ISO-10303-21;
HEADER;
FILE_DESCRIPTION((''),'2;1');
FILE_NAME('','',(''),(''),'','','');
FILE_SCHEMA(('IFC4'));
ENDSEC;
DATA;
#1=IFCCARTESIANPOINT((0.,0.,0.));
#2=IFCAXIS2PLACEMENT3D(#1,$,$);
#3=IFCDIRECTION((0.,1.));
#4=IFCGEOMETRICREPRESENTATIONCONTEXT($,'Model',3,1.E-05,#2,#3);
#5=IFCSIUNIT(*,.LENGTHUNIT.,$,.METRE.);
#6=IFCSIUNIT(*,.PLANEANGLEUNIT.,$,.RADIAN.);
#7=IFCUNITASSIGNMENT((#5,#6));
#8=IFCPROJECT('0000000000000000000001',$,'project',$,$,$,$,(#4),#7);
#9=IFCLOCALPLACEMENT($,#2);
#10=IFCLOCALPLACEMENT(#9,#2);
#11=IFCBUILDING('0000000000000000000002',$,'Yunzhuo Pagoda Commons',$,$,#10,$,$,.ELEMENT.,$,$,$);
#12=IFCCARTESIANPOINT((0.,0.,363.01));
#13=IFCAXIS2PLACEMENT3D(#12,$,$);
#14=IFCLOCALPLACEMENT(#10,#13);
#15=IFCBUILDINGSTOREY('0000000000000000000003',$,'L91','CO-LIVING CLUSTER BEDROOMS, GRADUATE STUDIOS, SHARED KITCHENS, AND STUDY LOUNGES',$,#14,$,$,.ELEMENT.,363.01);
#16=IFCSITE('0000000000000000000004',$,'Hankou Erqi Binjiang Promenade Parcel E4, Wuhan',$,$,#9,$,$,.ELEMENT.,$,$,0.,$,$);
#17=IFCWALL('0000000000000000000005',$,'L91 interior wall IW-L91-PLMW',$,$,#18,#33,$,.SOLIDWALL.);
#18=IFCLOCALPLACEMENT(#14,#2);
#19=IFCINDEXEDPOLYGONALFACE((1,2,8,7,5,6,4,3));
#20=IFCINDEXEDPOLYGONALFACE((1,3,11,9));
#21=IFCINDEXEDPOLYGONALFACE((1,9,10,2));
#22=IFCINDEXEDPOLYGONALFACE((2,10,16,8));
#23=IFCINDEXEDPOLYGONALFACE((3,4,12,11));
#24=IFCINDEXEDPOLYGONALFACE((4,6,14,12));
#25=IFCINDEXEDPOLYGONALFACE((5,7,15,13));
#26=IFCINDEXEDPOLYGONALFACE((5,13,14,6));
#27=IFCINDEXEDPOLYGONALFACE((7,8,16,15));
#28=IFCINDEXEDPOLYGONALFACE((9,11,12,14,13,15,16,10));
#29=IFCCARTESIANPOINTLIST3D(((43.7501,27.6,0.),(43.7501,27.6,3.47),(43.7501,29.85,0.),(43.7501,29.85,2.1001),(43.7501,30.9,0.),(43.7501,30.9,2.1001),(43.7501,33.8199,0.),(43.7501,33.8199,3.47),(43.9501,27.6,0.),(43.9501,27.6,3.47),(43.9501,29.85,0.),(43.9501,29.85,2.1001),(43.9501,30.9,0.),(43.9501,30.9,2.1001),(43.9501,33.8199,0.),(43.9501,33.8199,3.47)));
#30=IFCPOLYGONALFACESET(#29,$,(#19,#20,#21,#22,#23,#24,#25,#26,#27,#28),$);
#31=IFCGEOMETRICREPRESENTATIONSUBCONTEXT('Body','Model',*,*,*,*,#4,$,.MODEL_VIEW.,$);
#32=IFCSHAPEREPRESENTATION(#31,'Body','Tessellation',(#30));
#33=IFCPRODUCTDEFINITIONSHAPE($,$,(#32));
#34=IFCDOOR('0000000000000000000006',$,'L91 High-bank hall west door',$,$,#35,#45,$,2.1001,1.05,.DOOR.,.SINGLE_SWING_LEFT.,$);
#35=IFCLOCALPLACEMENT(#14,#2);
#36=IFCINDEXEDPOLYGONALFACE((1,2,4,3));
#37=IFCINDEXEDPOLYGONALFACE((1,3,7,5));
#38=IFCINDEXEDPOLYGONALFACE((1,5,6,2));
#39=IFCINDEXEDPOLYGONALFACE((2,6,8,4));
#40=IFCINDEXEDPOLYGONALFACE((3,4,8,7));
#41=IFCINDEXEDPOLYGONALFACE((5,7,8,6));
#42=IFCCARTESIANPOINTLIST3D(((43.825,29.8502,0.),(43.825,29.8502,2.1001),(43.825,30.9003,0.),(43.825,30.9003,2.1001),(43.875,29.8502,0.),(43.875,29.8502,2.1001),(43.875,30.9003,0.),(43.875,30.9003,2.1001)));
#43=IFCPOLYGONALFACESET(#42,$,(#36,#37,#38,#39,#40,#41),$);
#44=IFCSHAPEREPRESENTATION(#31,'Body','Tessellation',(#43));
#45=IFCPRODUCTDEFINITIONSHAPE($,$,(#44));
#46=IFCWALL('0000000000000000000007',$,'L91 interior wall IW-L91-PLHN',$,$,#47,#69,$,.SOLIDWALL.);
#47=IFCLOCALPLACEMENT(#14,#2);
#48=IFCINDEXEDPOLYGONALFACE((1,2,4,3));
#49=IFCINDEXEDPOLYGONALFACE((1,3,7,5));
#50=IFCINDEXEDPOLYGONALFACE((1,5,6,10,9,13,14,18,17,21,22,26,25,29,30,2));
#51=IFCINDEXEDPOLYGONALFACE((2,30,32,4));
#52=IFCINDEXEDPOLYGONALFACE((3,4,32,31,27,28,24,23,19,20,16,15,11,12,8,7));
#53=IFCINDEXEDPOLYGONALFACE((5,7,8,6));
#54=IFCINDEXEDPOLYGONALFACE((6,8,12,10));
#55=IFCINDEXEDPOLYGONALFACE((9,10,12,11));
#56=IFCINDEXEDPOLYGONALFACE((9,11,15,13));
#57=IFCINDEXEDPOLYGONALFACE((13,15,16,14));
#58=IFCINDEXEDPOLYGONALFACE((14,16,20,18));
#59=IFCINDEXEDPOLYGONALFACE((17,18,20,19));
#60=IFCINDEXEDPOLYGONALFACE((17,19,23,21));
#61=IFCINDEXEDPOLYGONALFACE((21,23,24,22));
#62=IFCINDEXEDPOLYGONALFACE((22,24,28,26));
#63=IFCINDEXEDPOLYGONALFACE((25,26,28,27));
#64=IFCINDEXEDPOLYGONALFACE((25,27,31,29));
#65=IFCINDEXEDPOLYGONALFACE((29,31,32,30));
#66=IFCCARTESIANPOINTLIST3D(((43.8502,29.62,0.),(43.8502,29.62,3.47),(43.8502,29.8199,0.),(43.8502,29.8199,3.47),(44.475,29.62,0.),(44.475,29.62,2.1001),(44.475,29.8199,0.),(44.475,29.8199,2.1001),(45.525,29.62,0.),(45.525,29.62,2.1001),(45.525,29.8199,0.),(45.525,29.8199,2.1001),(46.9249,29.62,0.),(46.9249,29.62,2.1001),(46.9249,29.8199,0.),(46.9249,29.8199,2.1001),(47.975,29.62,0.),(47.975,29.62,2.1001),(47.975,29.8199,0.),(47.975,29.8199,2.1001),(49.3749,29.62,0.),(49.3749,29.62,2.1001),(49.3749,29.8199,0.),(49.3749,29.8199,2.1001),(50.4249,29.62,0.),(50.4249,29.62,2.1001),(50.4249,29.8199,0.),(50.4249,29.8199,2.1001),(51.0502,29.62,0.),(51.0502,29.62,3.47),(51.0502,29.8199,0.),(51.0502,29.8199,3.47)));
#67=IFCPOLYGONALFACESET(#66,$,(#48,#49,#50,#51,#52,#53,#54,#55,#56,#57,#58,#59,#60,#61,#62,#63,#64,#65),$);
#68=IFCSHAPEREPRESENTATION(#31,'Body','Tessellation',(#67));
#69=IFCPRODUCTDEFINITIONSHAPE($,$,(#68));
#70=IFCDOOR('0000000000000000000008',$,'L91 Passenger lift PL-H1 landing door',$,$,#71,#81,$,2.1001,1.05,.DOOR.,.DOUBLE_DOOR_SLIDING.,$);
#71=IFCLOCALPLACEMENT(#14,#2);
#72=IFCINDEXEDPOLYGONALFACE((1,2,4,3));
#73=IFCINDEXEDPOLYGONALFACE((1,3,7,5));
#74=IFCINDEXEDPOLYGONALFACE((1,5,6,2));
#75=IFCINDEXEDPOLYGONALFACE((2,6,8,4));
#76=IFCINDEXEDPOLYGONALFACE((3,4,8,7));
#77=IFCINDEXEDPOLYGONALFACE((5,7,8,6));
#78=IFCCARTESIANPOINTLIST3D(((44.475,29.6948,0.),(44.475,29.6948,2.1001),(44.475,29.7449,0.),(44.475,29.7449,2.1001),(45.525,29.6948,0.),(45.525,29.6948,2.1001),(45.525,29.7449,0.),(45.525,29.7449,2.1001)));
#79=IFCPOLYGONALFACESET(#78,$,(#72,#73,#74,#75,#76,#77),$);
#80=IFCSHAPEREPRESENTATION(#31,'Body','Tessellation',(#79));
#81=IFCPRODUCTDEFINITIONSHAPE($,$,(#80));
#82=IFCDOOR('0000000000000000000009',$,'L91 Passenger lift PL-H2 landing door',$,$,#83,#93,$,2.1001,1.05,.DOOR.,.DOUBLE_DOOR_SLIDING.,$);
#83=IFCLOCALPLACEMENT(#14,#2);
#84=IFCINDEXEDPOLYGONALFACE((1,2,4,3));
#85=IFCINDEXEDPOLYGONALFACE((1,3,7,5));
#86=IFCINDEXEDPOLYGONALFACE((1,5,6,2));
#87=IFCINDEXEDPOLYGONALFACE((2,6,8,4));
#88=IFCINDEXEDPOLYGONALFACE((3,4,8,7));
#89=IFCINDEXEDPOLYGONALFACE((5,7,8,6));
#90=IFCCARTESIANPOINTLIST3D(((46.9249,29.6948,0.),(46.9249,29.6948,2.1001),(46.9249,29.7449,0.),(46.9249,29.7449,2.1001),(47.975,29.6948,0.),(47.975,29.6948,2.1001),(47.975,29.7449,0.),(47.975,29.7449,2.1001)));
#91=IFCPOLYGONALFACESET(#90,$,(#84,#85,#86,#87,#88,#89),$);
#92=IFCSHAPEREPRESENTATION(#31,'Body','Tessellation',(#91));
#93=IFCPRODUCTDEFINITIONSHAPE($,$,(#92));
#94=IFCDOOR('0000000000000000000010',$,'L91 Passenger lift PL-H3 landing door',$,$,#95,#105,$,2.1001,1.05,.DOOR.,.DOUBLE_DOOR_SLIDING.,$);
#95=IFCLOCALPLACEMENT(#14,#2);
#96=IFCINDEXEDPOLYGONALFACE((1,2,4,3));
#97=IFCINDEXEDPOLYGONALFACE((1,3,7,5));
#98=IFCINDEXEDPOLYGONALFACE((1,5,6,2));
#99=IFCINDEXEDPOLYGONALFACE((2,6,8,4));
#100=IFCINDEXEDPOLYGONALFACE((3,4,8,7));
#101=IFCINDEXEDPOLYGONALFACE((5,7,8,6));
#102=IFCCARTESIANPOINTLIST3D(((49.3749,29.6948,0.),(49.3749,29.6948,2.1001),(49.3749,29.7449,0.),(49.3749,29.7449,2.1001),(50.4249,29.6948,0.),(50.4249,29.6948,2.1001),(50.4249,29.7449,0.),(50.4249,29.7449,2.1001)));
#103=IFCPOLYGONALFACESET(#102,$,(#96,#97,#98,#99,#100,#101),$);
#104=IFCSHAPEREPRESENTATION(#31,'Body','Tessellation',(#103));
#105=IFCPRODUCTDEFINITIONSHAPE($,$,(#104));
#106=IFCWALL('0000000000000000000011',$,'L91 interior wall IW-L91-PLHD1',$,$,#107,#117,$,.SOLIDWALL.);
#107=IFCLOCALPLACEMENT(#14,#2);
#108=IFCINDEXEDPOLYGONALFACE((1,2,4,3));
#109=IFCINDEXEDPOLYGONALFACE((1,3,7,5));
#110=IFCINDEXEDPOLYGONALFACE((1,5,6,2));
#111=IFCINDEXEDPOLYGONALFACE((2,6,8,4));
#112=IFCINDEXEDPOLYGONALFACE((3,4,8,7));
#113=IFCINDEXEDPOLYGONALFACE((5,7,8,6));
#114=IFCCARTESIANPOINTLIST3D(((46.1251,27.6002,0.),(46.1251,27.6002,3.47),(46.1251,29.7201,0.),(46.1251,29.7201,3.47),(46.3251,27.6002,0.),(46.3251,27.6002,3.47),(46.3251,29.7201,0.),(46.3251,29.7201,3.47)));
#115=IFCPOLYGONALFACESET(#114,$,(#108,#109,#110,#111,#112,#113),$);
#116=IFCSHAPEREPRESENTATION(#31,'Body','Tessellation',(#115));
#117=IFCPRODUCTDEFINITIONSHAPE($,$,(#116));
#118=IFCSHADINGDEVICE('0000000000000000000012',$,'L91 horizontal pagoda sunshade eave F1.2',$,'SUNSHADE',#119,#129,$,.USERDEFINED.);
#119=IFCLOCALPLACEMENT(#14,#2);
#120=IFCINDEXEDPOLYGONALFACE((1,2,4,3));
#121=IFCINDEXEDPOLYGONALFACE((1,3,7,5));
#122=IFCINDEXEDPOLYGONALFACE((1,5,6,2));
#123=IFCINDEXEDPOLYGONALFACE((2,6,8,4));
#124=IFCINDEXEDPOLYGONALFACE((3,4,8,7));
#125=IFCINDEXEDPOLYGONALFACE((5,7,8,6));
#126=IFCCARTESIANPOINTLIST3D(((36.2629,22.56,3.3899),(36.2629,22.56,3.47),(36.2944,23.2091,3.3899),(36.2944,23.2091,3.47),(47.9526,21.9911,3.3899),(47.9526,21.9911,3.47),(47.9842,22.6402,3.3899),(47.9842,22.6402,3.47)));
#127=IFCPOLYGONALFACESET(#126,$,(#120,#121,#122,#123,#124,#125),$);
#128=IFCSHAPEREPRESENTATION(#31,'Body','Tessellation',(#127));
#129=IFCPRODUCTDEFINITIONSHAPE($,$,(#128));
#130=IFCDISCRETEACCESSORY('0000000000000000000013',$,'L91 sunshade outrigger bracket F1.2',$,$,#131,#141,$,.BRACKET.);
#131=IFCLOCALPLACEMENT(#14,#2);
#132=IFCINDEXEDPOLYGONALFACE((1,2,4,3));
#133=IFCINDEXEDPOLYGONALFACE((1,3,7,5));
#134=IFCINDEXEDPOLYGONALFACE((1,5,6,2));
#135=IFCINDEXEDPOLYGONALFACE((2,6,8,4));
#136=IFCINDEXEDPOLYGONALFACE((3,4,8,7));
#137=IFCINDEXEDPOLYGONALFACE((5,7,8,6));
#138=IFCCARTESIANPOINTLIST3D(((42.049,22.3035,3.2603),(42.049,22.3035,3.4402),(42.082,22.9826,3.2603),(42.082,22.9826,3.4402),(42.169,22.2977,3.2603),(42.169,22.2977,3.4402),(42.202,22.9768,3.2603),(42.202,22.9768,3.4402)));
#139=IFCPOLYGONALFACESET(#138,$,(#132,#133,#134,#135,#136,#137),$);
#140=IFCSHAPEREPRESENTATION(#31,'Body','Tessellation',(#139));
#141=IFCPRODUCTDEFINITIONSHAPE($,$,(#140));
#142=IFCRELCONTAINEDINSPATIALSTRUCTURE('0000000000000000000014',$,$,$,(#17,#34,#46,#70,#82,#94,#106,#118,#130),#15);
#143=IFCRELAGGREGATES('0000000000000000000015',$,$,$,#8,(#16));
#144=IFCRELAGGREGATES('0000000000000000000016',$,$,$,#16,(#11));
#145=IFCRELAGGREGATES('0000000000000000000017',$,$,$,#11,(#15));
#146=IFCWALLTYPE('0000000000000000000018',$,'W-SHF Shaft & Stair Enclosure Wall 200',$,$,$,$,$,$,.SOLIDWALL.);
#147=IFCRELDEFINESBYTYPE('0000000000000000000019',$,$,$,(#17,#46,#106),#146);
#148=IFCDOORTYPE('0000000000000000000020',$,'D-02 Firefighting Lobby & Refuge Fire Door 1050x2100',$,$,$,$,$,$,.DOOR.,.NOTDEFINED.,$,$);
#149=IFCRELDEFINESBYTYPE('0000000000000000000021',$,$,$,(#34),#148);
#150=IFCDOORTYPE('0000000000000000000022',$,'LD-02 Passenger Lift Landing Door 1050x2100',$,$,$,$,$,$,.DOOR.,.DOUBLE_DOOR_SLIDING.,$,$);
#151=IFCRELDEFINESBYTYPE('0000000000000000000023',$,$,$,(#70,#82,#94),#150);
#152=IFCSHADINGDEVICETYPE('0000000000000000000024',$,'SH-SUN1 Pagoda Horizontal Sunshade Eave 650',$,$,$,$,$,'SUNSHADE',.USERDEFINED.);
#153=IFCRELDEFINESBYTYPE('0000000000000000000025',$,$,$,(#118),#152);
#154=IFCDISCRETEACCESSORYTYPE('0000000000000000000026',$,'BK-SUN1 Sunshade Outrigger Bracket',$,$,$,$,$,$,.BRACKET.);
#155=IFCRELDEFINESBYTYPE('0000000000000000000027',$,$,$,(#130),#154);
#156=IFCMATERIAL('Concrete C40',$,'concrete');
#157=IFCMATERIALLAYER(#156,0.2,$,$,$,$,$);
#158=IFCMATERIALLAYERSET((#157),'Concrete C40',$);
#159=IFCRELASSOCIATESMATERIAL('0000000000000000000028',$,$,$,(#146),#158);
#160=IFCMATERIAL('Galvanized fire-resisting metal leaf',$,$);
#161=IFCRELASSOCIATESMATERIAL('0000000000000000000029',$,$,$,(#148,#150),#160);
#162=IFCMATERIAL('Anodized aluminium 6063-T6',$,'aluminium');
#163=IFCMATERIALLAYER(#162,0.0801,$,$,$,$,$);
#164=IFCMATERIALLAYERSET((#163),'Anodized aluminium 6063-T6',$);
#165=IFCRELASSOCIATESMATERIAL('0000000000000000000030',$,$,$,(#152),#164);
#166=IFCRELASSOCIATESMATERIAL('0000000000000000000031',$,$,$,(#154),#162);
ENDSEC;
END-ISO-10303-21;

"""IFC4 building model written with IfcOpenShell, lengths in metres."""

from ifc_helpers import new_model, si_unit, direction, frame, frame_2d, origin, origin_with_axes, origin_2d, place, context, subcontext, project, spatial, rectangle, extrude, source, transform, mapped, material, layer, layer_set, type_object, element, fill, save


model = new_model("IFC4")

# Units and contexts
model_context = context("Model", 3, precision=1e-05, world=origin(), true_north=direction((0.0, 1.0)))
body_context = subcontext(model_context, "Body", "Model", "MODEL_VIEW")
ifc_project = project(units=[si_unit("LENGTHUNIT", "METRE"), si_unit("PLANEANGLEUNIT", "RADIAN")], contexts=[model_context])

# Site, building, storey
site_placement = place(None, origin())
site = spatial("IfcSite", under=ifc_project, at=site_placement, Name="Hankou Erqi Binjiang Promenade Parcel E4, Wuhan", CompositionType="ELEMENT", RefElevation=0.0)
building_placement = place(site_placement, origin())
building = spatial("IfcBuilding", under=site, at=building_placement, Name="Yunzhuo Pagoda Commons", CompositionType="ELEMENT")
storey_placement = place(building_placement, frame((0.0, 0.0, 363.01)))
storey = spatial("IfcBuildingStorey", under=building, at=storey_placement, Name="L91", Description="CO-LIVING CLUSTER BEDROOMS, GRADUATE STUDIOS, SHARED KITCHENS, AND STUDY LOUNGES", CompositionType="ELEMENT", Elevation=363.01)

# Shared definitions
ifc_material_1 = material(Name="Anodized aluminium 6063-T6", Category="aluminium")

# Shared definitions
ifc_material_2 = material(Name="Galvanized fire-resisting metal leaf")

# Wall, opening, door
ifc_material_3 = material(Name="Concrete C40", Category="concrete")
ifc_layer_1 = layer(ifc_material_3, 0.2)
ifc_layer_set_1 = layer_set([ifc_layer_1], Name="Concrete C40")
wall_type_1 = type_object("IfcWallType", Name="W-SHF Shaft & Stair Enclosure Wall 200", PredefinedType="SOLIDWALL", material=ifc_layer_set_1)
wall_1_placement = place(storey_placement, frame((43.8501, 27.6001, 0.0), z_axis=(0.0, 0.0, 1.0), x_axis=(0.0, 1.0, 0.0)))
wall_1 = element("IfcWall", 1, at=wall_1_placement, inside=storey, type_object=wall_type_1, Name="L91 interior wall IW-L91-PLMW", PredefinedType="SOLIDWALL", context=body_context, shape_type="SweptSolid", body=[
    extrude(rectangle(XDim=6.22, YDim=0.2, at=frame_2d((3.1099, 0.0))), origin(), (0.0, 0.0, 1.0), 3.47),
])
opening_1_placement = place(wall_1_placement, frame((2.25, 0.0, 0.0)))
opening_1 = element("IfcOpeningElement", 2, at=opening_1_placement, cuts=wall_1, PredefinedType="OPENING", context=body_context, shape_type="SweptSolid", body=[
    extrude(rectangle(XDim=1.05, YDim=2.1001, at=frame_2d((0.5249, 1.05))), frame((0.0, 0.1099, 0.0), z_axis=(0.0, -1.0, 0.0), x_axis=(1.0, 0.0, 0.0)), (0.0, 0.0, 1.0), 0.22),
])
door_type_1 = type_object("IfcDoorType", Name="D-02 Firefighting Lobby & Refuge Fire Door 1050x2100", OperationType="NOTDEFINED", PredefinedType="DOOR", material=ifc_material_2)
shared_shape_1 = source(origin(), body_context, "Body", "SweptSolid", [
    extrude(rectangle(XDim=1.05, YDim=2.1001, at=frame_2d((0.5249, 1.05))), frame((0.0, 0.0249, 0.0), z_axis=(0.0, -1.0, 0.0), x_axis=(1.0, 0.0, 0.0)), (0.0, 0.0, 1.0), 0.05),
])
door_1_placement = place(opening_1_placement, frame((1.05, 0.0, 0.0), z_axis=(0.0, 0.0, 1.0), x_axis=(-1.0, 0.0, 0.0)))
door_1 = element("IfcDoor", 3, at=door_1_placement, inside=storey, type_object=door_type_1, Name="L91 High-bank hall west door", OperationType="SINGLE_SWING_LEFT", OverallHeight=2.1001, OverallWidth=1.05, PredefinedType="DOOR", context=body_context, shape_type="MappedRepresentation", body=[
    mapped(shared_shape_1, transform((0.0, 0.0, 0.0), scale=1.0)),
])
fill(opening_1, door_1)

# Wall, openings, doors
wall_2_placement = place(storey_placement, frame((43.8501, 29.72, 0.0), z_axis=(0.0, 0.0, 1.0), x_axis=(1.0, 0.0, 0.0)))
wall_2 = element("IfcWall", 4, at=wall_2_placement, inside=storey, type_object=wall_type_1, Name="L91 interior wall IW-L91-PLHN", PredefinedType="SOLIDWALL", context=body_context, shape_type="SweptSolid", body=[
    extrude(rectangle(XDim=7.2, YDim=0.2, at=frame_2d((3.6001, 0.0))), origin(), (0.0, 0.0, 1.0), 3.47),
])
opening_2_placement = place(wall_2_placement, frame((0.625, 0.0, 0.0)))
opening_2 = element("IfcOpeningElement", 5, at=opening_2_placement, cuts=wall_2, PredefinedType="OPENING", context=body_context, shape_type="SweptSolid", body=[
    extrude(rectangle(XDim=1.05, YDim=2.1001, at=frame_2d((0.5249, 1.05))), frame((0.0, 0.1099, 0.0), z_axis=(0.0, -1.0, 0.0), x_axis=(1.0, 0.0, 0.0)), (0.0, 0.0, 1.0), 0.22),
])
opening_3_placement = place(wall_2_placement, frame((3.075, 0.0, 0.0)))
opening_3 = element("IfcOpeningElement", 6, at=opening_3_placement, cuts=wall_2, PredefinedType="OPENING", context=body_context, shape_type="SweptSolid", body=[
    extrude(rectangle(XDim=1.05, YDim=2.1001, at=frame_2d((0.5249, 1.05))), frame((0.0, 0.1099, 0.0), z_axis=(0.0, -1.0, 0.0), x_axis=(1.0, 0.0, 0.0)), (0.0, 0.0, 1.0), 0.22),
])
opening_4_placement = place(wall_2_placement, frame((5.5249, 0.0, 0.0)))
opening_4 = element("IfcOpeningElement", 7, at=opening_4_placement, cuts=wall_2, PredefinedType="OPENING", context=body_context, shape_type="SweptSolid", body=[
    extrude(rectangle(XDim=1.05, YDim=2.1001, at=frame_2d((0.5249, 1.05))), frame((0.0, 0.1099, 0.0), z_axis=(0.0, -1.0, 0.0), x_axis=(1.0, 0.0, 0.0)), (0.0, 0.0, 1.0), 0.22),
])
door_type_2 = type_object("IfcDoorType", Name="LD-02 Passenger Lift Landing Door 1050x2100", OperationType="DOUBLE_DOOR_SLIDING", PredefinedType="DOOR", material=ifc_material_2)
door_2_placement = place(opening_2_placement, origin_with_axes())
door_2 = element("IfcDoor", 8, at=door_2_placement, inside=storey, type_object=door_type_2, Name="L91 Passenger lift PL-H1 landing door", OperationType="DOUBLE_DOOR_SLIDING", OverallHeight=2.1001, OverallWidth=1.05, PredefinedType="DOOR", context=body_context, shape_type="MappedRepresentation", body=[
    mapped(shared_shape_1, transform((0.0, 0.0, 0.0), scale=1.0)),
])
fill(opening_2, door_2)
door_3_placement = place(opening_3_placement, origin_with_axes())
door_3 = element("IfcDoor", 9, at=door_3_placement, inside=storey, type_object=door_type_2, Name="L91 Passenger lift PL-H2 landing door", OperationType="DOUBLE_DOOR_SLIDING", OverallHeight=2.1001, OverallWidth=1.05, PredefinedType="DOOR", context=body_context, shape_type="MappedRepresentation", body=[
    mapped(shared_shape_1, transform((0.0, 0.0, 0.0), scale=1.0)),
])
fill(opening_3, door_3)
door_4_placement = place(opening_4_placement, origin_with_axes())
door_4 = element("IfcDoor", 10, at=door_4_placement, inside=storey, type_object=door_type_2, Name="L91 Passenger lift PL-H3 landing door", OperationType="DOUBLE_DOOR_SLIDING", OverallHeight=2.1001, OverallWidth=1.05, PredefinedType="DOOR", context=body_context, shape_type="MappedRepresentation", body=[
    mapped(shared_shape_1, transform((0.0, 0.0, 0.0), scale=1.0)),
])
fill(opening_4, door_4)

# Wall
wall_3_placement = place(storey_placement, frame((46.2251, 27.6001, 0.0), z_axis=(0.0, 0.0, 1.0), x_axis=(0.0, 1.0, 0.0)))
element("IfcWall", 11, at=wall_3_placement, inside=storey, type_object=wall_type_1, Name="L91 interior wall IW-L91-PLHD1", PredefinedType="SOLIDWALL", context=body_context, shape_type="SweptSolid", body=[
    extrude(rectangle(XDim=2.1199, YDim=0.2, at=frame_2d((1.0601, 0.0))), origin(), (0.0, 0.0, 1.0), 3.47),
])

# Shading device
ifc_layer_2 = layer(ifc_material_1, 0.0801)
ifc_layer_set_2 = layer_set([ifc_layer_2], Name="Anodized aluminium 6063-T6")
shading_device_type = type_object("IfcShadingDeviceType", Name="SH-SUN1 Pagoda Horizontal Sunshade Eave 650", ElementType="SUNSHADE", PredefinedType="USERDEFINED", material=ifc_layer_set_2)
shared_shape_2 = source(origin(), body_context, "Body", "SweptSolid", [
    extrude(rectangle(XDim=11.7036, YDim=0.6499, at=origin_2d()), origin(), (0.0, 0.0, 1.0), 0.0801),
])
shading_device_placement = place(storey_placement, frame((42.1235, 22.6001, 3.3899), z_axis=(0.0, 0.0, 1.0), x_axis=(0.998818, -0.048606, 0.0)))
element("IfcShadingDevice", 12, at=shading_device_placement, inside=storey, type_object=shading_device_type, Name="L91 horizontal pagoda sunshade eave F1.2", ObjectType="SUNSHADE", PredefinedType="USERDEFINED", context=body_context, shape_type="MappedRepresentation", body=[
    mapped(shared_shape_2, transform((0.0, 0.0, 0.0), scale=1.0)),
])

# Discrete accessory
discrete_accessory_type = type_object("IfcDiscreteAccessoryType", Name="BK-SUN1 Sunshade Outrigger Bracket", PredefinedType="BRACKET", material=ifc_material_1)
shared_shape_3 = source(origin(), body_context, "Body", "SweptSolid", [
    extrude(rectangle(XDim=0.1201, YDim=0.6799, at=origin_2d()), origin(), (0.0, 0.0, 1.0), 0.1799),
])
discrete_accessory_placement = place(storey_placement, frame((42.1255, 22.6401, 3.2603), z_axis=(0.0, 0.0, 1.0), x_axis=(0.998818, -0.048606, 0.0)))
element("IfcDiscreteAccessory", 13, at=discrete_accessory_placement, inside=storey, type_object=discrete_accessory_type, Name="L91 sunshade outrigger bracket F1.2", PredefinedType="BRACKET", context=body_context, shape_type="MappedRepresentation", body=[
    mapped(shared_shape_3, transform((0.0, 0.0, 0.0), scale=1.0)),
])

save(model, "model.ifc")
